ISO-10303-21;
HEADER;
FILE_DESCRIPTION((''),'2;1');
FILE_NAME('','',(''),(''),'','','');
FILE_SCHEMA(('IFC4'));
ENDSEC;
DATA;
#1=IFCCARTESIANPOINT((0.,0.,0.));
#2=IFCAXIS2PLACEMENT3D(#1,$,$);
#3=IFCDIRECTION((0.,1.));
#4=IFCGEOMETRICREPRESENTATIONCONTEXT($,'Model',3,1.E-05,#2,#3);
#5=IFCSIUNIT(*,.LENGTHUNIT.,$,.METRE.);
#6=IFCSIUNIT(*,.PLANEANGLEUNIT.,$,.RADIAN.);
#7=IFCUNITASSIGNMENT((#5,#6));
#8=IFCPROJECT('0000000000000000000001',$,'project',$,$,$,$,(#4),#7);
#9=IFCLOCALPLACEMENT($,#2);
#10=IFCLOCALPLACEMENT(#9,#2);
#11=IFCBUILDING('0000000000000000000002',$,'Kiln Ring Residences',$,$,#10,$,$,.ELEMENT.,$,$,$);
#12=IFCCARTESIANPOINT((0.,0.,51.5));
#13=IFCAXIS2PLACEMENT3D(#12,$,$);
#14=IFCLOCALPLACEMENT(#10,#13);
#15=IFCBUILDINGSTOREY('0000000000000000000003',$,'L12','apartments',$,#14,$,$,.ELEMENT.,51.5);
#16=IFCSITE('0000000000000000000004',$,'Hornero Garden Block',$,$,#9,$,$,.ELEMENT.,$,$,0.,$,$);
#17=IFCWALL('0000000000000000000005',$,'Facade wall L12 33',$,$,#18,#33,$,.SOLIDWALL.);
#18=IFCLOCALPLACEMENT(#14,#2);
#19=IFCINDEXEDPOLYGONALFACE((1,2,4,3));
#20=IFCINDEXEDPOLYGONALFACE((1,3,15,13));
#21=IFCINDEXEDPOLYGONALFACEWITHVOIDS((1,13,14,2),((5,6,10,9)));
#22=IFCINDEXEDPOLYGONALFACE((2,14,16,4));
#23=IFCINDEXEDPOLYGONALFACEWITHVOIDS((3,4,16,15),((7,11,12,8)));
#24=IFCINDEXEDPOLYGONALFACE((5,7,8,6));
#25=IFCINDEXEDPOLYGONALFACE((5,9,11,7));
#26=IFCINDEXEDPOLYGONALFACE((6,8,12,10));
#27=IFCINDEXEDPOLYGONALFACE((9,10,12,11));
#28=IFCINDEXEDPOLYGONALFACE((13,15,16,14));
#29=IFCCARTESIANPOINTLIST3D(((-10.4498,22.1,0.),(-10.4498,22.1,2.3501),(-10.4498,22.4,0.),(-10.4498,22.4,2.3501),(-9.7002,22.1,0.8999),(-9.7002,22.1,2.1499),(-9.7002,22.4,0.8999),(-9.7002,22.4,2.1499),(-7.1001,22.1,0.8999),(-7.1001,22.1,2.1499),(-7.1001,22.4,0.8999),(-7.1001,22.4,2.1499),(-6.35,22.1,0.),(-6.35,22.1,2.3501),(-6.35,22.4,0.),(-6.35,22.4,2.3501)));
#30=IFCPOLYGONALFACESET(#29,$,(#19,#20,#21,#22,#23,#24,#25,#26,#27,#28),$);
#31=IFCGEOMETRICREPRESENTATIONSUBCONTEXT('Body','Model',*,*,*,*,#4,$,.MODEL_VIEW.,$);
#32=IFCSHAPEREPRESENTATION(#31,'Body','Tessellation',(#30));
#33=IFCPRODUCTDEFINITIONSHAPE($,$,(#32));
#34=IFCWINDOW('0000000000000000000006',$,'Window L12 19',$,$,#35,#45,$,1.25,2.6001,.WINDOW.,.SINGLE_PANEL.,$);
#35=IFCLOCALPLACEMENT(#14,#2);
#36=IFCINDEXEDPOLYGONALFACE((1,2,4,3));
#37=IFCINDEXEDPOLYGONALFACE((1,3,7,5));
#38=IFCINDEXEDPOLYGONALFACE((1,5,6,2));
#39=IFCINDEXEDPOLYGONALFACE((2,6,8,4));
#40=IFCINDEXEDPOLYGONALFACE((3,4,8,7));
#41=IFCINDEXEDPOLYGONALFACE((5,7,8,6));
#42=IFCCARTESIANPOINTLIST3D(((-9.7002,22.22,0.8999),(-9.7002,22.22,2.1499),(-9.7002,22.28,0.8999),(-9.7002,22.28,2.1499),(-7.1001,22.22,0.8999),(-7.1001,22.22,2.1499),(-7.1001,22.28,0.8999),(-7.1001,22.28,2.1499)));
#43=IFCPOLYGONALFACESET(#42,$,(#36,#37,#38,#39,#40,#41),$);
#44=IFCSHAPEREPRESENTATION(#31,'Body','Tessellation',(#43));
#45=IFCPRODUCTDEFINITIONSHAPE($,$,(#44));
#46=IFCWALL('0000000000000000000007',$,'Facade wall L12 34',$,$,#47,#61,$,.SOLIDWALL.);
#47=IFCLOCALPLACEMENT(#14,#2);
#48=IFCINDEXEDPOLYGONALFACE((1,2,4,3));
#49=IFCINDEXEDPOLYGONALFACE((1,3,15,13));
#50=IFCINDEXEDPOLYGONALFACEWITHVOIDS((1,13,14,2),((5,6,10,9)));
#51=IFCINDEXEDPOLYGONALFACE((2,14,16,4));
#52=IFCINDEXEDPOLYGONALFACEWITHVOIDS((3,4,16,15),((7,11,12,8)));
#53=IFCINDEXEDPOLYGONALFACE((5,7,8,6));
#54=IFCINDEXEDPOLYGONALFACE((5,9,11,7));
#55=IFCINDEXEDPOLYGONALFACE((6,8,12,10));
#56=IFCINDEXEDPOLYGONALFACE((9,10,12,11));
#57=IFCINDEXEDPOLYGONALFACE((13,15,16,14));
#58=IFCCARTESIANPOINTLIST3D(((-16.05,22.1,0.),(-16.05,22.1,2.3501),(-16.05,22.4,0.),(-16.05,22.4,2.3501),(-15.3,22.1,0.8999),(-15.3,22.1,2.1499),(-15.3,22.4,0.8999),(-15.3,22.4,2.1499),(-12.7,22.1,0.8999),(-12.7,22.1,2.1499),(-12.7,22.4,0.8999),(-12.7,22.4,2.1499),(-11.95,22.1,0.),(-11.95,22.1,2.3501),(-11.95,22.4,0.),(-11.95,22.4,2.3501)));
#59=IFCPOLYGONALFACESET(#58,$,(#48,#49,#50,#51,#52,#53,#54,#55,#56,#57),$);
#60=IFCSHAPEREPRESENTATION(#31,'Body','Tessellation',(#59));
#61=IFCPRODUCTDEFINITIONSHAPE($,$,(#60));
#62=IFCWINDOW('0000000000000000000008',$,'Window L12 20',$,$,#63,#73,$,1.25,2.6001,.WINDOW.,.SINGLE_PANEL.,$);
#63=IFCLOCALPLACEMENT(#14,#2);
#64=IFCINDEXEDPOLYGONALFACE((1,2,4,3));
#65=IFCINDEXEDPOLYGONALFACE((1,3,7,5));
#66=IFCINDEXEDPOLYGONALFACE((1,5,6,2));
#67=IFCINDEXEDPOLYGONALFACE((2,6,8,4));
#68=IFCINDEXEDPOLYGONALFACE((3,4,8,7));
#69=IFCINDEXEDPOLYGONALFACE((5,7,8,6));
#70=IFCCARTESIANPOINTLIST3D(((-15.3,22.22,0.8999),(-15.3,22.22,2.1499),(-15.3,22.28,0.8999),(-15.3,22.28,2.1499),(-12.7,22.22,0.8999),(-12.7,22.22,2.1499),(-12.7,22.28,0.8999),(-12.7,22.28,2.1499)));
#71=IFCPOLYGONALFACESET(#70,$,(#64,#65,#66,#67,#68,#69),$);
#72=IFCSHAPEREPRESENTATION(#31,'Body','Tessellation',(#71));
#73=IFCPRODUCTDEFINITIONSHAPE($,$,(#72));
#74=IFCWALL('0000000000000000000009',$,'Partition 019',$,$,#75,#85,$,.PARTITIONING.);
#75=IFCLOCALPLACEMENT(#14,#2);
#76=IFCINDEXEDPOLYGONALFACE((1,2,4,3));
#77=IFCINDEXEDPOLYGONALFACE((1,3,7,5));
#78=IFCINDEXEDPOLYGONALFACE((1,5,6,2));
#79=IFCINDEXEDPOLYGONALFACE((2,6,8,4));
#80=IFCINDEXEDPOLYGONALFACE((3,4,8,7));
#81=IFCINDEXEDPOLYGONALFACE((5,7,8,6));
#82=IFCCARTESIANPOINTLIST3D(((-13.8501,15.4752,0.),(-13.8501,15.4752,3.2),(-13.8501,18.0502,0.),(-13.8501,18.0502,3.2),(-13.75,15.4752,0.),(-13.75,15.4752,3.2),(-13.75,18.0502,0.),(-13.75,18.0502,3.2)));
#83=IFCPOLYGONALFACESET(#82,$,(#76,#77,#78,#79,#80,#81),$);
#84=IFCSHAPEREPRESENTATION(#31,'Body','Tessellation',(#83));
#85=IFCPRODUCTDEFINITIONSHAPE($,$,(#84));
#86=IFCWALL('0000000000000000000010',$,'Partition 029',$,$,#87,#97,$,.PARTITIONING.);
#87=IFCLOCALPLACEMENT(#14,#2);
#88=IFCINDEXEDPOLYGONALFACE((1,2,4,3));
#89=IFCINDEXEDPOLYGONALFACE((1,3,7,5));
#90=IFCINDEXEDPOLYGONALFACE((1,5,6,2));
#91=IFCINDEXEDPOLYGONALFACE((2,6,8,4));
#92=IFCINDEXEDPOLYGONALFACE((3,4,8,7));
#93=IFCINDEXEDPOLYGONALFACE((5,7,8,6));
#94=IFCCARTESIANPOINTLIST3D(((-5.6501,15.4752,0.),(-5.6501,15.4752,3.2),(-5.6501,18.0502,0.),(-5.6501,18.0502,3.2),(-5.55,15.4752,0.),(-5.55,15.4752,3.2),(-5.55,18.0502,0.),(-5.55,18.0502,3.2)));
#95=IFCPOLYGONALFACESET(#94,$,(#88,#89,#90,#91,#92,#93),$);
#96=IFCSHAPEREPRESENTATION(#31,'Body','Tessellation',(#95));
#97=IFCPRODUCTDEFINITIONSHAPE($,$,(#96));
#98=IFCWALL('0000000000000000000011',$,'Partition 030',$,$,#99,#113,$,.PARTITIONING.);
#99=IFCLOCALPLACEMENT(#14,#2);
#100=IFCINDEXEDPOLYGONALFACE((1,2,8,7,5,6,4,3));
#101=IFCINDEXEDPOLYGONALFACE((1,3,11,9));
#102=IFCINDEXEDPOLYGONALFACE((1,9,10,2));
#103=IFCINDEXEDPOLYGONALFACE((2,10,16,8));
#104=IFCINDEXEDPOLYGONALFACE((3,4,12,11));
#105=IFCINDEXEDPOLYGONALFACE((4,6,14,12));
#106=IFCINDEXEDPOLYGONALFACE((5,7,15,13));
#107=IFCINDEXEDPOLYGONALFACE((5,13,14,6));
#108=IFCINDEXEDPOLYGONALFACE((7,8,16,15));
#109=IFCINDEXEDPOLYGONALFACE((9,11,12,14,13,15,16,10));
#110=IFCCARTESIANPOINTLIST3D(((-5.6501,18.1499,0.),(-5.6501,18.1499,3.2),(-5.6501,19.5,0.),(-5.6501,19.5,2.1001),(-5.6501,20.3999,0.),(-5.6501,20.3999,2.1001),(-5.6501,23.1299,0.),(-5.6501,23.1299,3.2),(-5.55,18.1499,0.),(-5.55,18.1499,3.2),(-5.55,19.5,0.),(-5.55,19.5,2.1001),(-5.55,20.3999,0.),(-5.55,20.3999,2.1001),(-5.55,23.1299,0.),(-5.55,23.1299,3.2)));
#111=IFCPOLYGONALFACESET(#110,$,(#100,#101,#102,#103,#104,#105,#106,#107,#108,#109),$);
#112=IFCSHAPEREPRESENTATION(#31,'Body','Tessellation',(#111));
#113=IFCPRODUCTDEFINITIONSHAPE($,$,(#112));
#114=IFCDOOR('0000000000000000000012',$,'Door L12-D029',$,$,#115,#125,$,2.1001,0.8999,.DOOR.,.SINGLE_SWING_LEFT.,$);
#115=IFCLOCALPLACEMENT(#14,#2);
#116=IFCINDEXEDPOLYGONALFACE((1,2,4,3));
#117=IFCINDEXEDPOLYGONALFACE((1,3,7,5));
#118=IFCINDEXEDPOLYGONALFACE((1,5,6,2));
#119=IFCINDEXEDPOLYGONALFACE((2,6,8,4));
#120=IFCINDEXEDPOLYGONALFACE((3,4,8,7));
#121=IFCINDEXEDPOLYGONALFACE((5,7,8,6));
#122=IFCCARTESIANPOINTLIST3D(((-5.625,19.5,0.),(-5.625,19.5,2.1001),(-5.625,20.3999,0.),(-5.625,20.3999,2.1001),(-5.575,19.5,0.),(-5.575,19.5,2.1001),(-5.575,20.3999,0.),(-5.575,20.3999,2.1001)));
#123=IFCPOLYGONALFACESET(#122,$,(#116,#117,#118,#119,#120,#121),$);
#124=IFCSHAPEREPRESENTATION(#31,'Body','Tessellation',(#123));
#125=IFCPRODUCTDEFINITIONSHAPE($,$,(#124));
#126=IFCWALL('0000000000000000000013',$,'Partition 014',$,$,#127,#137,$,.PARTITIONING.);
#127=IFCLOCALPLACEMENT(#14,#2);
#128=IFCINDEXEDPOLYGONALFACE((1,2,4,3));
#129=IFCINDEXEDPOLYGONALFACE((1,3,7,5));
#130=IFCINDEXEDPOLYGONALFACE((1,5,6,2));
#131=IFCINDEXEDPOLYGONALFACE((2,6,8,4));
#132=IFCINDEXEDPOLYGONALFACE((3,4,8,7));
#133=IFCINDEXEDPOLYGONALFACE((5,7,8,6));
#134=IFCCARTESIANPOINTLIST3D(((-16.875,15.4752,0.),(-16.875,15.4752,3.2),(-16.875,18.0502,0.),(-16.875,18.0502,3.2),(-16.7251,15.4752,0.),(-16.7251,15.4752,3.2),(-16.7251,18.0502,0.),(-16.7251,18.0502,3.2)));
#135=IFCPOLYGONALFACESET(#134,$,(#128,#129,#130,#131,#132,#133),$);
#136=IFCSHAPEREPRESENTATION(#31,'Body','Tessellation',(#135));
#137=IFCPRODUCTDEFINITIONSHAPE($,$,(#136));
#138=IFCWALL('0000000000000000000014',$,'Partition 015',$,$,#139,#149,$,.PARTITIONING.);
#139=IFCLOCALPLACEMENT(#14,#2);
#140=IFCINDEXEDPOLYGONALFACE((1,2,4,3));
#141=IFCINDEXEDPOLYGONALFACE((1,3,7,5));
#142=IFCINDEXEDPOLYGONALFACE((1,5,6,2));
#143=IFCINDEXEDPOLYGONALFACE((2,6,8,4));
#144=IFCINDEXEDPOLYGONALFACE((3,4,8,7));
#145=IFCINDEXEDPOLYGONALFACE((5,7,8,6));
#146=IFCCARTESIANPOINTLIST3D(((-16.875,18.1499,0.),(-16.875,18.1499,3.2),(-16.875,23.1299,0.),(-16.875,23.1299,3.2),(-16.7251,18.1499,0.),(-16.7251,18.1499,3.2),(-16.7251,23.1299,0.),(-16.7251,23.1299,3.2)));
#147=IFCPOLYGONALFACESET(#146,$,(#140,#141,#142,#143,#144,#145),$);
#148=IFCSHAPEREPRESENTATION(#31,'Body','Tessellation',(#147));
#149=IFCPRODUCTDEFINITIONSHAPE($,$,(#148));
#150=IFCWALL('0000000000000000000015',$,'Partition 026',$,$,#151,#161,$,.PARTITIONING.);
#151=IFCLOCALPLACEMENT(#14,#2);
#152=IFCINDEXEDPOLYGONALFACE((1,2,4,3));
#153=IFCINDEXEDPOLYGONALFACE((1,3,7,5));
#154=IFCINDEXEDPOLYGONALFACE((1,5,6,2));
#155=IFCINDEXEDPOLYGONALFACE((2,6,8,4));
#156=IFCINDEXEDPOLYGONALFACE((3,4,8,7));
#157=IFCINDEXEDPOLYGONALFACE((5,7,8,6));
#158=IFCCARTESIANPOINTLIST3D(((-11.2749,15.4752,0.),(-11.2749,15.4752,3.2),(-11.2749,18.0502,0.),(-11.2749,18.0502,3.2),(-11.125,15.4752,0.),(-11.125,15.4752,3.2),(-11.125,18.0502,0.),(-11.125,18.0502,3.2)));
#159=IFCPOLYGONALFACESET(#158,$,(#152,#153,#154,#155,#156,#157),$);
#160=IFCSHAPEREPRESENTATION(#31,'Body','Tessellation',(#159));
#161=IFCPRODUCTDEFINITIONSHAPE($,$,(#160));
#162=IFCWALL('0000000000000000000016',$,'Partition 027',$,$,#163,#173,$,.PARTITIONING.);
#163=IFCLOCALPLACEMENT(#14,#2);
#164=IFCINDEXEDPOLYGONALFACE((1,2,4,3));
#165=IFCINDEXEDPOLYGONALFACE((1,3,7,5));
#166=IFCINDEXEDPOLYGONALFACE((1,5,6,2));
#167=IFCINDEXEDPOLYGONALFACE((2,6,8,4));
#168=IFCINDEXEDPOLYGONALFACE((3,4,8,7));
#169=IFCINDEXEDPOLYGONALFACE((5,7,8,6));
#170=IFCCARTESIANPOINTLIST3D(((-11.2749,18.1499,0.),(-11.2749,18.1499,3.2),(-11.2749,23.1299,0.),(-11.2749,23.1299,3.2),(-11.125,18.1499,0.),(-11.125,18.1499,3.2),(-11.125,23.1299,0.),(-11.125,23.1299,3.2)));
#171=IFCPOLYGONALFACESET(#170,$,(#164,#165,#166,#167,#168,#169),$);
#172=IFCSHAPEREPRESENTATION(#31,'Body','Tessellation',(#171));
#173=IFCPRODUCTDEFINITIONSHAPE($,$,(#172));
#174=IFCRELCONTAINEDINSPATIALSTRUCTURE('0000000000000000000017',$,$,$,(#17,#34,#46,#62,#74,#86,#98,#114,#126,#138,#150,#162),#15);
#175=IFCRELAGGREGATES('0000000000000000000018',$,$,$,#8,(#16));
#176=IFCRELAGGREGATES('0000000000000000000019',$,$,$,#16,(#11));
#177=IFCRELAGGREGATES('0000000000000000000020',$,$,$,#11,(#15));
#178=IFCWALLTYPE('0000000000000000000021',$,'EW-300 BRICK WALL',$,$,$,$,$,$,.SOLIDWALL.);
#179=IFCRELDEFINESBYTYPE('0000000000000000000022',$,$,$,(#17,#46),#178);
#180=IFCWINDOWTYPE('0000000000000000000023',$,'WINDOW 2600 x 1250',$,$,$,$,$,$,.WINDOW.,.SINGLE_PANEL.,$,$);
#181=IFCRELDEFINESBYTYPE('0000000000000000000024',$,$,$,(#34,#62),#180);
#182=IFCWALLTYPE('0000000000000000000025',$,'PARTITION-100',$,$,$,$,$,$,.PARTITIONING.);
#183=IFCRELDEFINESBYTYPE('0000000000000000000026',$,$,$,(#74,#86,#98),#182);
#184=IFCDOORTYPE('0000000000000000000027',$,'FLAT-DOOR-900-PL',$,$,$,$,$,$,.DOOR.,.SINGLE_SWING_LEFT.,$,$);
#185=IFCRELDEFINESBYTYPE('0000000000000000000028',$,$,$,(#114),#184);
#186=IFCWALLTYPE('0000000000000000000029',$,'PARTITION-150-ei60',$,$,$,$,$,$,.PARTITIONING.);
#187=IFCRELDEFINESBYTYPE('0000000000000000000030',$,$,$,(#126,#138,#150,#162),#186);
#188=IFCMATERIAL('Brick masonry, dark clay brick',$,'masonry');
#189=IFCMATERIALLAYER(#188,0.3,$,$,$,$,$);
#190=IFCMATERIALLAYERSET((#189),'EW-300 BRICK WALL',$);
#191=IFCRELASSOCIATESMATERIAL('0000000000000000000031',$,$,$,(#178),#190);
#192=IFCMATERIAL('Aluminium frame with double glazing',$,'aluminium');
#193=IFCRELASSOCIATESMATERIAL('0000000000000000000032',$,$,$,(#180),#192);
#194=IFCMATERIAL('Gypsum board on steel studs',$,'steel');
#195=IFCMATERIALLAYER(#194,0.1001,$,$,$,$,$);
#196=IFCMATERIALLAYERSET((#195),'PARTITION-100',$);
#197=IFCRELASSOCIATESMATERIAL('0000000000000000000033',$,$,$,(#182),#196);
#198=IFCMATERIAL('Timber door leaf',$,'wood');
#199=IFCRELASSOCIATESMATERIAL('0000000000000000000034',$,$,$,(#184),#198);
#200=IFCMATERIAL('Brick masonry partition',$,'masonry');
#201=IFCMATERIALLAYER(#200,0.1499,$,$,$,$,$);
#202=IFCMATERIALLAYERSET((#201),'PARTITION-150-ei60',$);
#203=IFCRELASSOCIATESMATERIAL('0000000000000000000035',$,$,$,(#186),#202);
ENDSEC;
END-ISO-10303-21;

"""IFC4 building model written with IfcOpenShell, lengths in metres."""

from ifc_helpers import new_model, si_unit, direction, frame, frame_2d, origin, place, context, subcontext, project, spatial, rectangle, extrude, material, layer, layer_set, type_object, element, fill, save


model = new_model("IFC4")

# Units and contexts
model_context = context("Model", 3, precision=1e-05, world=origin(), true_north=direction((0.0, 1.0)))
body_context = subcontext(model_context, "Body", "Model", "MODEL_VIEW")
ifc_project = project(units=[si_unit("LENGTHUNIT", "METRE"), si_unit("PLANEANGLEUNIT", "RADIAN")], contexts=[model_context])

# Site, building, storey
site_placement = place(None, origin())
site = spatial("IfcSite", under=ifc_project, at=site_placement, Name="Hornero Garden Block", CompositionType="ELEMENT", RefElevation=0.0)
building_placement = place(site_placement, origin())
building = spatial("IfcBuilding", under=site, at=building_placement, Name="Kiln Ring Residences", CompositionType="ELEMENT")
storey_placement = place(building_placement, frame((0.0, 0.0, 51.5)))
storey = spatial("IfcBuildingStorey", under=building, at=storey_placement, Name="L12", Description="apartments", CompositionType="ELEMENT", Elevation=51.5)

# Walls, openings, windows
ifc_material_1 = material(Name="Brick masonry, dark clay brick", Category="masonry")
ifc_layer_1 = layer(ifc_material_1, 0.3)
ifc_layer_set_1 = layer_set([ifc_layer_1], Name="EW-300 BRICK WALL")
wall_type_1 = type_object("IfcWallType", Name="EW-300 BRICK WALL", PredefinedType="SOLIDWALL", material=ifc_layer_set_1)
wall_1_placement = place(storey_placement, frame((-6.3501, 22.25, 0.0), z_axis=(0.0, 0.0, 1.0), x_axis=(-1.0, 0.0, 0.0)))
wall_1 = element("IfcWall", 1, at=wall_1_placement, inside=storey, type_object=wall_type_1, Name="Facade wall L12 33", PredefinedType="SOLIDWALL", context=body_context, shape_type="SweptSolid", body=[
    extrude(rectangle(XDim=4.0999, YDim=0.3, at=frame_2d((2.0498, 0.0))), origin(), (0.0, 0.0, 1.0), 2.3501),
])
opening_1_placement = place(wall_1_placement, frame((0.75, 0.0, 0.8999)))
opening_1 = element("IfcOpeningElement", 2, at=opening_1_placement, cuts=wall_1, PredefinedType="OPENING", context=body_context, shape_type="SweptSolid", body=[
    extrude(rectangle(XDim=2.6001, YDim=1.25, at=frame_2d((1.3, 0.625))), frame((0.0, 0.1599, 0.0), z_axis=(0.0, -1.0, 0.0), x_axis=(1.0, 0.0, 0.0)), (0.0, 0.0, 1.0), 0.3201),
])
ifc_material_2 = material(Name="Aluminium frame with double glazing", Category="aluminium")
window_type_1 = type_object("IfcWindowType", Name="WINDOW 2600 x 1250", PartitioningType="SINGLE_PANEL", PredefinedType="WINDOW", material=ifc_material_2)
window_1_placement = place(opening_1_placement, origin())
window_1 = element("IfcWindow", 3, at=window_1_placement, inside=storey, type_object=window_type_1, Name="Window L12 19", OverallHeight=1.25, OverallWidth=2.6001, PartitioningType="SINGLE_PANEL", PredefinedType="WINDOW", context=body_context, shape_type="SweptSolid", body=[
    extrude(rectangle(XDim=2.6001, YDim=1.25, at=frame_2d((1.3, 0.625))), frame((0.0, 0.03, 0.0), z_axis=(0.0, -1.0, 0.0), x_axis=(1.0, 0.0, 0.0)), (0.0, 0.0, 1.0), 0.0601),
])
fill(opening_1, window_1)
wall_2_placement = place(storey_placement, frame((-11.95, 22.25, 0.0), z_axis=(0.0, 0.0, 1.0), x_axis=(-1.0, 0.0, 0.0)))
wall_2 = element("IfcWall", 4, at=wall_2_placement, inside=storey, type_object=wall_type_1, Name="Facade wall L12 34", PredefinedType="SOLIDWALL", context=body_context, shape_type="SweptSolid", body=[
    extrude(rectangle(XDim=4.1001, YDim=0.3, at=frame_2d((2.05, 0.0))), origin(), (0.0, 0.0, 1.0), 2.3501),
])
opening_2_placement = place(wall_2_placement, frame((0.75, 0.0, 0.8999)))
opening_2 = element("IfcOpeningElement", 5, at=opening_2_placement, cuts=wall_2, PredefinedType="OPENING", context=body_context, shape_type="SweptSolid", body=[
    extrude(rectangle(XDim=2.6001, YDim=1.25, at=frame_2d((1.3, 0.625))), frame((0.0, 0.1599, 0.0), z_axis=(0.0, -1.0, 0.0), x_axis=(1.0, 0.0, 0.0)), (0.0, 0.0, 1.0), 0.3201),
])
window_2_placement = place(opening_2_placement, origin())
window_2 = element("IfcWindow", 6, at=window_2_placement, inside=storey, type_object=window_type_1, Name="Window L12 20", OverallHeight=1.25, OverallWidth=2.6001, PartitioningType="SINGLE_PANEL", PredefinedType="WINDOW", context=body_context, shape_type="SweptSolid", body=[
    extrude(rectangle(XDim=2.6001, YDim=1.25, at=frame_2d((1.3, 0.625))), frame((0.0, 0.03, 0.0), z_axis=(0.0, -1.0, 0.0), x_axis=(1.0, 0.0, 0.0)), (0.0, 0.0, 1.0), 0.0601),
])
fill(opening_2, window_2)

# Walls
ifc_material_3 = material(Name="Gypsum board on steel studs", Category="steel")
ifc_layer_2 = layer(ifc_material_3, 0.1001)
ifc_layer_set_2 = layer_set([ifc_layer_2], Name="PARTITION-100")
wall_type_2 = type_object("IfcWallType", Name="PARTITION-100", PredefinedType="PARTITIONING", material=ifc_layer_set_2)
for number, where, z_axis, x_axis, name in (
    (7, (-13.8, 15.4751, 0.0), (0.0, 0.0, 1.0), (0.0, 1.0, 0.0), "Partition 019"),
    (8, (-5.6001, 15.4751, 0.0), (0.0, 0.0, 1.0), (0.0, 1.0, 0.0), "Partition 029"),
):
    element("IfcWall", number, at=place(storey_placement, frame(where, z_axis=z_axis, x_axis=x_axis)), inside=storey, type_object=wall_type_2, Name=name, PredefinedType="PARTITIONING", context=body_context, shape_type="SweptSolid", body=[
        extrude(rectangle(XDim=2.575, YDim=0.1001, at=frame_2d((1.2876, 0.0))), origin(), (0.0, 0.0, 1.0), 3.2),
    ])

# Wall, opening, door
wall_3_placement = place(storey_placement, frame((-5.6001, 18.1499, 0.0), z_axis=(0.0, 0.0, 1.0), x_axis=(0.0, 1.0, 0.0)))
wall_3 = element("IfcWall", 9, at=wall_3_placement, inside=storey, type_object=wall_type_2, Name="Partition 030", PredefinedType="PARTITIONING", context=body_context, shape_type="SweptSolid", body=[
    extrude(rectangle(XDim=4.98, YDim=0.1001, at=frame_2d((2.49, 0.0))), origin(), (0.0, 0.0, 1.0), 3.2),
])
opening_3_placement = place(wall_3_placement, frame((1.3501, 0.0, 0.0)))
opening_3 = element("IfcOpeningElement", 10, at=opening_3_placement, cuts=wall_3, PredefinedType="OPENING", context=body_context, shape_type="SweptSolid", body=[
    extrude(rectangle(XDim=0.8999, YDim=2.1001, at=frame_2d((0.45, 1.05))), frame((0.0, 0.0601, 0.0), z_axis=(0.0, -1.0, 0.0), x_axis=(1.0, 0.0, 0.0)), (0.0, 0.0, 1.0), 0.1201),
])
ifc_material_4 = material(Name="Timber door leaf", Category="wood")
door_type = type_object("IfcDoorType", Name="FLAT-DOOR-900-PL", OperationType="SINGLE_SWING_LEFT", PredefinedType="DOOR", material=ifc_material_4)
door_placement = place(opening_3_placement, origin())
door = element("IfcDoor", 11, at=door_placement, inside=storey, type_object=door_type, Name="Door L12-D029", OperationType="SINGLE_SWING_LEFT", OverallHeight=2.1001, OverallWidth=0.8999, PredefinedType="DOOR", context=body_context, shape_type="SweptSolid", body=[
    extrude(rectangle(XDim=0.8999, YDim=2.1001, at=frame_2d((0.45, 1.05))), frame((0.0, 0.0249, 0.0), z_axis=(0.0, -1.0, 0.0), x_axis=(1.0, 0.0, 0.0)), (0.0, 0.0, 1.0), 0.05),
])
fill(opening_3, door)

# Walls
ifc_material_5 = material(Name="Brick masonry partition", Category="masonry")
ifc_layer_3 = layer(ifc_material_5, 0.1499)
ifc_layer_set_3 = layer_set([ifc_layer_3], Name="PARTITION-150-ei60")
wall_type_3 = type_object("IfcWallType", Name="PARTITION-150-ei60", PredefinedType="PARTITIONING", material=ifc_layer_set_3)
wall_4_placement = place(storey_placement, frame((-16.8, 15.4751, 0.0), z_axis=(0.0, 0.0, 1.0), x_axis=(0.0, 1.0, 0.0)))
element("IfcWall", 12, at=wall_4_placement, inside=storey, type_object=wall_type_3, Name="Partition 014", PredefinedType="PARTITIONING", context=body_context, shape_type="SweptSolid", body=[
    extrude(rectangle(XDim=2.575, YDim=0.1499, at=frame_2d((1.2876, 0.0))), origin(), (0.0, 0.0, 1.0), 3.2),
])
wall_5_placement = place(storey_placement, frame((-16.8, 18.1499, 0.0), z_axis=(0.0, 0.0, 1.0), x_axis=(0.0, 1.0, 0.0)))
element("IfcWall", 13, at=wall_5_placement, inside=storey, type_object=wall_type_3, Name="Partition 015", PredefinedType="PARTITIONING", context=body_context, shape_type="SweptSolid", body=[
    extrude(rectangle(XDim=4.98, YDim=0.1499, at=frame_2d((2.49, 0.0))), origin(), (0.0, 0.0, 1.0), 3.2),
])
wall_6_placement = place(storey_placement, frame((-11.2, 15.4751, 0.0), z_axis=(0.0, 0.0, 1.0), x_axis=(0.0, 1.0, 0.0)))
element("IfcWall", 14, at=wall_6_placement, inside=storey, type_object=wall_type_3, Name="Partition 026", PredefinedType="PARTITIONING", context=body_context, shape_type="SweptSolid", body=[
    extrude(rectangle(XDim=2.575, YDim=0.1499, at=frame_2d((1.2876, 0.0))), origin(), (0.0, 0.0, 1.0), 3.2),
])
wall_7_placement = place(storey_placement, frame((-11.2, 18.1499, 0.0), z_axis=(0.0, 0.0, 1.0), x_axis=(0.0, 1.0, 0.0)))
element("IfcWall", 15, at=wall_7_placement, inside=storey, type_object=wall_type_3, Name="Partition 027", PredefinedType="PARTITIONING", context=body_context, shape_type="SweptSolid", body=[
    extrude(rectangle(XDim=4.98, YDim=0.1499, at=frame_2d((2.49, 0.0))), origin(), (0.0, 0.0, 1.0), 3.2),
])

save(model, "model.ifc")
